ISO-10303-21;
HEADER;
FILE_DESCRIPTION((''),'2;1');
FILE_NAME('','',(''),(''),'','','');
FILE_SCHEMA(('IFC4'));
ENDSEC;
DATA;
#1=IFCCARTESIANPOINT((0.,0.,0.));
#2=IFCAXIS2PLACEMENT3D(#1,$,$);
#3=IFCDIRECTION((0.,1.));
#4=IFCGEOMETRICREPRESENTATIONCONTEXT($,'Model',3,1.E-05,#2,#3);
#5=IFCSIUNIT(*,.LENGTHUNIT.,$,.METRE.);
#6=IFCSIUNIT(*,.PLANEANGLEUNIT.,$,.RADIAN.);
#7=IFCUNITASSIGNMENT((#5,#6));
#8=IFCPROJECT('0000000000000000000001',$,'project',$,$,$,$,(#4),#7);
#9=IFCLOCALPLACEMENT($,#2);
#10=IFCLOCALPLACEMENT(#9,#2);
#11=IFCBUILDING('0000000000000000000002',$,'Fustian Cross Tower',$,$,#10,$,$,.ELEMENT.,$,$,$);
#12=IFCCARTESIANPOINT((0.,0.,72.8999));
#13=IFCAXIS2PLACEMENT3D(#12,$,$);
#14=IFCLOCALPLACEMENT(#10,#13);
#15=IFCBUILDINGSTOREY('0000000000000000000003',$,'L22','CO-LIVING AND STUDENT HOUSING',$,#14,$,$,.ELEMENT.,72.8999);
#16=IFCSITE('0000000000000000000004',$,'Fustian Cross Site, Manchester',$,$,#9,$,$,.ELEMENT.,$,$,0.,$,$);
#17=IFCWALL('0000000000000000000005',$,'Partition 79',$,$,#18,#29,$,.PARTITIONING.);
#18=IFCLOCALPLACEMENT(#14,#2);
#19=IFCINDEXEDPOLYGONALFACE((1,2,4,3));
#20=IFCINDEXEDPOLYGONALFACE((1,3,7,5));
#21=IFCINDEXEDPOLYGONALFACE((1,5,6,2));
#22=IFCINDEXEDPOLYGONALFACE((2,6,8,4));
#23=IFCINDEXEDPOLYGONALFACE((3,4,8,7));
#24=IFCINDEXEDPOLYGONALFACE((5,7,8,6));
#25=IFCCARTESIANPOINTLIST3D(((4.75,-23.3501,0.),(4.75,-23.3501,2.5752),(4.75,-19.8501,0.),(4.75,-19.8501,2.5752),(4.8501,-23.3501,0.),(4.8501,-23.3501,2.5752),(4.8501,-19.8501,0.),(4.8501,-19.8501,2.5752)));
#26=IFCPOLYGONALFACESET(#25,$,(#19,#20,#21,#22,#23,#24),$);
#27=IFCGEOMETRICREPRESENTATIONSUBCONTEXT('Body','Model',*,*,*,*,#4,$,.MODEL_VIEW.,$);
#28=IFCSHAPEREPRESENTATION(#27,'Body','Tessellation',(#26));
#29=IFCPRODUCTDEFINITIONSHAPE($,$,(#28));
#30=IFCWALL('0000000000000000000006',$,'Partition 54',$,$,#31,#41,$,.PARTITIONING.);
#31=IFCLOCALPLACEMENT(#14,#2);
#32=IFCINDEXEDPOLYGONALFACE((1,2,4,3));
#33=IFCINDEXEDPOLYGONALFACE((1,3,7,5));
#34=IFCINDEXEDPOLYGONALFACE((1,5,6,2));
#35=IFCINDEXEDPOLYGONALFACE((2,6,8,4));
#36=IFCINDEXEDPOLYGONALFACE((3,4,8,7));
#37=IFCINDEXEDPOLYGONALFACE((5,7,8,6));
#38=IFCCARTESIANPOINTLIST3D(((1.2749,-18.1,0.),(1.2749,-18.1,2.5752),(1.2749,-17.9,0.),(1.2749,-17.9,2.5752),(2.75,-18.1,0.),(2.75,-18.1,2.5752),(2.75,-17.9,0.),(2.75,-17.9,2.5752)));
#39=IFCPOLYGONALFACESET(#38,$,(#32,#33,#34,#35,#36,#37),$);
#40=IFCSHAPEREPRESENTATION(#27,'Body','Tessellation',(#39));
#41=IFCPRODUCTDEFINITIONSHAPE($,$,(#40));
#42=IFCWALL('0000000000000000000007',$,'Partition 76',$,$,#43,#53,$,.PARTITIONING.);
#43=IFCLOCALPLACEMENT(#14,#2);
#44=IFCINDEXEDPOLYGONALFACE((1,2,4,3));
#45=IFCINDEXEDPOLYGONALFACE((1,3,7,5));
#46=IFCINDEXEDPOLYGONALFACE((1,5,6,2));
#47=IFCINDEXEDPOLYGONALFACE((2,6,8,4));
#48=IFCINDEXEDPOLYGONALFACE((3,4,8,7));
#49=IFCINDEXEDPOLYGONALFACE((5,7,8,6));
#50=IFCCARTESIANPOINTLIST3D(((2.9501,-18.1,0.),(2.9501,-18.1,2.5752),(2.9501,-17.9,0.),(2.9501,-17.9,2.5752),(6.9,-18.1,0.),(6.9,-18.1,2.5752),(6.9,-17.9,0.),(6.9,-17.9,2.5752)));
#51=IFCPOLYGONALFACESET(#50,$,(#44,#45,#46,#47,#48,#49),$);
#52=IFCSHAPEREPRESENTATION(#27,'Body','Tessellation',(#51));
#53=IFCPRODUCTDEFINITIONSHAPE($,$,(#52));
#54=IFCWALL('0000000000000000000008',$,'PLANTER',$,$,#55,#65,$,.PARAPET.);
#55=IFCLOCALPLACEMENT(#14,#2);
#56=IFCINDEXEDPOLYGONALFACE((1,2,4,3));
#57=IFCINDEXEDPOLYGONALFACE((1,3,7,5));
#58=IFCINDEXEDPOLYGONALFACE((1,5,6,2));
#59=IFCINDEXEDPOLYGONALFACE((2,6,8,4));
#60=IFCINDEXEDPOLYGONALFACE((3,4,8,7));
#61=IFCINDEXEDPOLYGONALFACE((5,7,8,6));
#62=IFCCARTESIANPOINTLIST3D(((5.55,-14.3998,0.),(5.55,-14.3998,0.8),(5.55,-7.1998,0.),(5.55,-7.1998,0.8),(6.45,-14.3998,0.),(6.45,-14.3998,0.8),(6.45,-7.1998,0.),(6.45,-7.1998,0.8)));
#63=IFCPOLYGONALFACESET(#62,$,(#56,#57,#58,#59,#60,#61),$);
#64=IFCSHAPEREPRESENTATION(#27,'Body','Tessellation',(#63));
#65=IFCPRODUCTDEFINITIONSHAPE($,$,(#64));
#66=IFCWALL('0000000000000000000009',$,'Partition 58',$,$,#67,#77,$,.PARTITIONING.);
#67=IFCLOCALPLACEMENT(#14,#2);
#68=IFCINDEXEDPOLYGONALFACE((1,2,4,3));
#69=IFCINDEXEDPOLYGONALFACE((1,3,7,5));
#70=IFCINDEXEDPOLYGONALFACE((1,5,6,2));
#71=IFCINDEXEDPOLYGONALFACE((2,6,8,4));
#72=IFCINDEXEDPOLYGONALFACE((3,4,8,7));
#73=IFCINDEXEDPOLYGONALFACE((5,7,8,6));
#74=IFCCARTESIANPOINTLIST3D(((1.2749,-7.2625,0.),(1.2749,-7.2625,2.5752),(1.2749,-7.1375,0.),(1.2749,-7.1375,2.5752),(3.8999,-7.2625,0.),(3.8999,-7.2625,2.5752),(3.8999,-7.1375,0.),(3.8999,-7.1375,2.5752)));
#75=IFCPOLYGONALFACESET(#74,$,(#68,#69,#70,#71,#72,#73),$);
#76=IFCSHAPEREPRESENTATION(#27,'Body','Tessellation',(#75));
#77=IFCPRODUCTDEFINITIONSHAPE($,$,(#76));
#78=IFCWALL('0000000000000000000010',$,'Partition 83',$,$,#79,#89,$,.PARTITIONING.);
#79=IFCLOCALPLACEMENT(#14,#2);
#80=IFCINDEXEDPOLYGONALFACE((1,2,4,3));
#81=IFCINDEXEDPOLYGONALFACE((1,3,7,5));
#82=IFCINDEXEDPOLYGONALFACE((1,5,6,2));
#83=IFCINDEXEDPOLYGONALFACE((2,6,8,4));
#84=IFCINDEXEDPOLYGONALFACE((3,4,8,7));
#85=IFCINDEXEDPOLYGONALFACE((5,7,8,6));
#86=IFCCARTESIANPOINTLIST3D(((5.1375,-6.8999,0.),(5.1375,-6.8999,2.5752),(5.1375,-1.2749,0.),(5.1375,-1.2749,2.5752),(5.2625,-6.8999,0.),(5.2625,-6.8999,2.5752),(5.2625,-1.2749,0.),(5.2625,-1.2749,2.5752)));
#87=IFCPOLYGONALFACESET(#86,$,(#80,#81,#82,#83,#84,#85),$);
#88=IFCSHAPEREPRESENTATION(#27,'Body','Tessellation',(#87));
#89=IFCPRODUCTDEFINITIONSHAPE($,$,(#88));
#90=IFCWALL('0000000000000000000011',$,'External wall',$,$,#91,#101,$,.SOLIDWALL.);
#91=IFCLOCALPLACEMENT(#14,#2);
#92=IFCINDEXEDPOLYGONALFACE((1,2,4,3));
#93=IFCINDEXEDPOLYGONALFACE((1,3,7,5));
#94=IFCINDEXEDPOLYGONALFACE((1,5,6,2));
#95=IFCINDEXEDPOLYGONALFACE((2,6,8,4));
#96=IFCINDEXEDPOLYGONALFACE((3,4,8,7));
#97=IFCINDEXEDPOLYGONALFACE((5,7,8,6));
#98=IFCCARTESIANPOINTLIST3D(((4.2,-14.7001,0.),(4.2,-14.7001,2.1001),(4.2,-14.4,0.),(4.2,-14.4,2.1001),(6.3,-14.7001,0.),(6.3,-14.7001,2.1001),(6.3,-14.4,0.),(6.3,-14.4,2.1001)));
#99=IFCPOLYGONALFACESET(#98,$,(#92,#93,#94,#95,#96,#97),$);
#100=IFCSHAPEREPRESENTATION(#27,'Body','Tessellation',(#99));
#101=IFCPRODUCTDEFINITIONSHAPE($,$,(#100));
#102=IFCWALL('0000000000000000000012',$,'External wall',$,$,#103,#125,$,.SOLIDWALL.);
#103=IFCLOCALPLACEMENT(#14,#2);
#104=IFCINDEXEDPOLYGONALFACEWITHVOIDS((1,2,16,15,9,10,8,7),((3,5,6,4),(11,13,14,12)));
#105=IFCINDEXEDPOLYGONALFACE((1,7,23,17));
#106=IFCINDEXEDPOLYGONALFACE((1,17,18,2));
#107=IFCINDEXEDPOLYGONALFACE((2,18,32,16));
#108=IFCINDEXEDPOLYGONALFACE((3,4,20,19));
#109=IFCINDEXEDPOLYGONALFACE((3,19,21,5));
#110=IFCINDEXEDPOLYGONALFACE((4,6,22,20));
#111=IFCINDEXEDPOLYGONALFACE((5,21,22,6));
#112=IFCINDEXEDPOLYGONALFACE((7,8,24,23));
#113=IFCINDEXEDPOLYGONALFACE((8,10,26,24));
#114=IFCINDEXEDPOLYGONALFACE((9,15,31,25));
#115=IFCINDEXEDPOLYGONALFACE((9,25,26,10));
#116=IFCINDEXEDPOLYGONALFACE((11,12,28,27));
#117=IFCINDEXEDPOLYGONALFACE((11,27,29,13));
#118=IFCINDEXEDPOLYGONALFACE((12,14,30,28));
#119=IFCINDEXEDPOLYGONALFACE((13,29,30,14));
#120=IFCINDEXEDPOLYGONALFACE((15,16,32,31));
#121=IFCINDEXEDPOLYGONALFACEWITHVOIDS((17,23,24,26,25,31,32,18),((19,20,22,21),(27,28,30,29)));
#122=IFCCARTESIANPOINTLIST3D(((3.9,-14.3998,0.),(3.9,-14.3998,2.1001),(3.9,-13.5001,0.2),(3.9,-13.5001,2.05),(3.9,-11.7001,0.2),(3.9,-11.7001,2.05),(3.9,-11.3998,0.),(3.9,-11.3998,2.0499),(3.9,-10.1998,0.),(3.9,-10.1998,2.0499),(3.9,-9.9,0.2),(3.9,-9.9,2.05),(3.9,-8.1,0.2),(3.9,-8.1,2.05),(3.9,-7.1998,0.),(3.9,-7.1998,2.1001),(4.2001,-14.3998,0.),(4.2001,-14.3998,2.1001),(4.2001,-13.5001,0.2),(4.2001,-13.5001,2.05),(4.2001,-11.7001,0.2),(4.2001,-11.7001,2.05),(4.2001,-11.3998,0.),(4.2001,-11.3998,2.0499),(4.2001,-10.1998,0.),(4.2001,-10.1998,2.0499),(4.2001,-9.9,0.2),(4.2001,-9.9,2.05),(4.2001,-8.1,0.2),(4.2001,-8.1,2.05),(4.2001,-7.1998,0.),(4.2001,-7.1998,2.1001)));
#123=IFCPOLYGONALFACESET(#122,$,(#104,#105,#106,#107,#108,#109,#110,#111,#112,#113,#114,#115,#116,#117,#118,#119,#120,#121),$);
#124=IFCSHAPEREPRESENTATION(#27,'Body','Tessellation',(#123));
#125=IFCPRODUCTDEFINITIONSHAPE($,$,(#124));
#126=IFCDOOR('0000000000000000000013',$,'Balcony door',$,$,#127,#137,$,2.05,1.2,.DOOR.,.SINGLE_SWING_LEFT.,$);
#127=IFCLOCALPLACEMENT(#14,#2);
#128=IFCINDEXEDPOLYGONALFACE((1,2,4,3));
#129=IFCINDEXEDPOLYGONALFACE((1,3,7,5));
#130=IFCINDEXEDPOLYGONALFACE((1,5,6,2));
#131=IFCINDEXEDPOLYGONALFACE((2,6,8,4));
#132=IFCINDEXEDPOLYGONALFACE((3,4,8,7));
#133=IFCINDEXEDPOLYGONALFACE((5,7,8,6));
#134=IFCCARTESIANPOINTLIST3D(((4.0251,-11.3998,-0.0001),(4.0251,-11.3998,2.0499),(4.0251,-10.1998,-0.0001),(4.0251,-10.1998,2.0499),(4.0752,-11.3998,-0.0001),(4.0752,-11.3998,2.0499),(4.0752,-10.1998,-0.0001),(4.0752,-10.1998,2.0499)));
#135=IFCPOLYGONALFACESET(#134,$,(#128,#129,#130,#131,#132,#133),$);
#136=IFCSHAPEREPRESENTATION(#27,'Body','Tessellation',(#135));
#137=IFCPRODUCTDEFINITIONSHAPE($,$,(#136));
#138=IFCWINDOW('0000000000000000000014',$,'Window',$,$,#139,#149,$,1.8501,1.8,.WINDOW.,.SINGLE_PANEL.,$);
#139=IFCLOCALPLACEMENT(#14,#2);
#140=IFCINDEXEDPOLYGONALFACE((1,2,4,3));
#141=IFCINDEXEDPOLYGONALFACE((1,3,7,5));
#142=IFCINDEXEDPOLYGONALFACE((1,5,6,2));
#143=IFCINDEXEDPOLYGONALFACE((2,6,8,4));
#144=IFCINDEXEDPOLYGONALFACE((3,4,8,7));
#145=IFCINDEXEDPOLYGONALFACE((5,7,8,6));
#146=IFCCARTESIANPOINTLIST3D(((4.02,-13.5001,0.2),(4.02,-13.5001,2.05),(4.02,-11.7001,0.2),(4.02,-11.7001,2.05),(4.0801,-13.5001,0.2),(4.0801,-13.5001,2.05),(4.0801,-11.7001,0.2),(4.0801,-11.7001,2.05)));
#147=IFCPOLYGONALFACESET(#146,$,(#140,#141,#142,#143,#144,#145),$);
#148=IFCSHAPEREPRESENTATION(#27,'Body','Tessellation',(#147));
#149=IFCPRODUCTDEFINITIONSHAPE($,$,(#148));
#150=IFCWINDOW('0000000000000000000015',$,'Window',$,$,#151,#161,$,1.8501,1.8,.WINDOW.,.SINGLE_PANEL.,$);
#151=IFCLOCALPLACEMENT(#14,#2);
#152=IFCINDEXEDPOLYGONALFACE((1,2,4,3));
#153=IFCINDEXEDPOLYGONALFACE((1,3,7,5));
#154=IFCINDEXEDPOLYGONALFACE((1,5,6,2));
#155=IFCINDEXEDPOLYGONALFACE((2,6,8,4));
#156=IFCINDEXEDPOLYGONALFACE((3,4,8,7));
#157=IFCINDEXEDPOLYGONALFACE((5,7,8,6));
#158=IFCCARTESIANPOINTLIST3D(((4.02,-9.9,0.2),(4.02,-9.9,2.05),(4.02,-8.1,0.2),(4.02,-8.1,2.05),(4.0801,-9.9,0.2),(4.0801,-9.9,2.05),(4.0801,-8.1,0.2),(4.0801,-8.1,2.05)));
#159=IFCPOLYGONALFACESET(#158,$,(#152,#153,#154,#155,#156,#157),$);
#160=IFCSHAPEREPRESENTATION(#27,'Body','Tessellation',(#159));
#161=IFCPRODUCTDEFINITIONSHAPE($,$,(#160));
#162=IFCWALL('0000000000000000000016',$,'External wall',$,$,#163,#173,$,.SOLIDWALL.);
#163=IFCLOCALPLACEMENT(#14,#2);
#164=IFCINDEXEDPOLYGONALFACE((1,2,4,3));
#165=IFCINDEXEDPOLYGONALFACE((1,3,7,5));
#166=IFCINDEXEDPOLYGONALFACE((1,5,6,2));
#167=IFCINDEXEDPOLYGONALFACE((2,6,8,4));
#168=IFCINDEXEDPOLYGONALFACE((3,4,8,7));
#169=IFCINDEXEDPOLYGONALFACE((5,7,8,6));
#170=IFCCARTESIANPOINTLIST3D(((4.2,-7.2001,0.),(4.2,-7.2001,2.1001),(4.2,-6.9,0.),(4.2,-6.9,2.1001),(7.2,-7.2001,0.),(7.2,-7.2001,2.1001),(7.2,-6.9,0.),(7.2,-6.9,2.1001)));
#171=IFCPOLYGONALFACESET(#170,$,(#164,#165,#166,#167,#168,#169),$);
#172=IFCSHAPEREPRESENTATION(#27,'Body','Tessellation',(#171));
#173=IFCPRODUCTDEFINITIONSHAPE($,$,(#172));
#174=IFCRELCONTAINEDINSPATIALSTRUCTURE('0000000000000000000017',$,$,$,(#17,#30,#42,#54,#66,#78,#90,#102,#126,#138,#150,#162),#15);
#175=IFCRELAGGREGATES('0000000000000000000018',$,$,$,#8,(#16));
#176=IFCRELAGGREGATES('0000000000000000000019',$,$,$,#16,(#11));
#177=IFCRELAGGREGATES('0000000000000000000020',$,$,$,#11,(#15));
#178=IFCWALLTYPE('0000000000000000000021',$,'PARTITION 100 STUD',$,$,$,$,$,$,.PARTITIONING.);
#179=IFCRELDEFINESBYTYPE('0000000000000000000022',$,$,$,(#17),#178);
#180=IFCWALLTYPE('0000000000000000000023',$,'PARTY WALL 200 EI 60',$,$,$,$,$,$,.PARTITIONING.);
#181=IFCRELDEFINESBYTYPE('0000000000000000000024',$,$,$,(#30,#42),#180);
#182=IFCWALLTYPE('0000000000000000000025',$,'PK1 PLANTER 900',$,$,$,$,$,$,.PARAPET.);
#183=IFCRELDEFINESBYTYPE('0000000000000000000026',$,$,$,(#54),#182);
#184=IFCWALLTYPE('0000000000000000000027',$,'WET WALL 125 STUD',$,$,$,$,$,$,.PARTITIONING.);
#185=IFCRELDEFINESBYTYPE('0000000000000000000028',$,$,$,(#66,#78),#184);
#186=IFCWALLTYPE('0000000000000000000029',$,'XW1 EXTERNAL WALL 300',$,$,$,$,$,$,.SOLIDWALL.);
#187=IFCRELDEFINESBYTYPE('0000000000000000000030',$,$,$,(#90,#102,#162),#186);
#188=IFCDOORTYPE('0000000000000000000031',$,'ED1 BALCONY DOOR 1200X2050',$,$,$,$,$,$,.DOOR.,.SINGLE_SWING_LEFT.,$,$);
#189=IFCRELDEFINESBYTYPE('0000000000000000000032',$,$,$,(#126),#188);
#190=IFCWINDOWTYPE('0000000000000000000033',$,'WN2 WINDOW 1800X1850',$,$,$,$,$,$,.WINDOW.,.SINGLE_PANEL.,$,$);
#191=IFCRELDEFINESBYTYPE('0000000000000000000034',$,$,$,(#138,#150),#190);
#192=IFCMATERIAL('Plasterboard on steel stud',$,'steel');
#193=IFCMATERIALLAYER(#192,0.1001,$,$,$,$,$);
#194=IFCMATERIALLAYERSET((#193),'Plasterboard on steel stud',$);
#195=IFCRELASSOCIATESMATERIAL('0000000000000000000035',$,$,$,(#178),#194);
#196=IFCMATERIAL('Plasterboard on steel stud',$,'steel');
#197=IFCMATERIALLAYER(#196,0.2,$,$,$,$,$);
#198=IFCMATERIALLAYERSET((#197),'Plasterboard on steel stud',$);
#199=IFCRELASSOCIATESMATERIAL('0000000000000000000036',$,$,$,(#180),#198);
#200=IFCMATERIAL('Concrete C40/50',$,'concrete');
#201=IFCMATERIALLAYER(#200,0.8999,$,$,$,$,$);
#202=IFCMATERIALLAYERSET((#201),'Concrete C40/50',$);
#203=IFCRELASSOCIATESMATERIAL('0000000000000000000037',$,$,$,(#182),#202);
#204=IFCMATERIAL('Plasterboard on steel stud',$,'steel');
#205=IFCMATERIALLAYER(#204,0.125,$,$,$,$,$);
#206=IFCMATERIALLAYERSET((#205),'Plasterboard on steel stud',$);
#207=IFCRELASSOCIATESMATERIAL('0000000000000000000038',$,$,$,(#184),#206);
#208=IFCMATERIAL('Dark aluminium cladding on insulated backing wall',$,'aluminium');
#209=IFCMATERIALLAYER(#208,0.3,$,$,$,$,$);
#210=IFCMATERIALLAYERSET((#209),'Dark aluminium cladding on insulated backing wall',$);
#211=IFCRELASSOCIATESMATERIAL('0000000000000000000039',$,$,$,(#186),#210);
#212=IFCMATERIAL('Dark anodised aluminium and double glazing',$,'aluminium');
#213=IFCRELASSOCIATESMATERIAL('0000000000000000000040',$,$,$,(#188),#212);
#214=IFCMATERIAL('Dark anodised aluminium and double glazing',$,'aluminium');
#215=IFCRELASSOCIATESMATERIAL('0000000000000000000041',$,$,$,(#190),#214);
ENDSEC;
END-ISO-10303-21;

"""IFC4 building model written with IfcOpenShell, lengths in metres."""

from ifc_helpers import new_model, si_unit, direction, frame, frame_2d, origin, place, context, subcontext, project, spatial, rectangle, extrude, material, layer, layer_set, type_object, element, fill, save


model = new_model("IFC4")

# Units and contexts
model_context = context("Model", 3, precision=1e-05, world=origin(), true_north=direction((0.0, 1.0)))
body_context = subcontext(model_context, "Body", "Model", "MODEL_VIEW")
ifc_project = project(units=[si_unit("LENGTHUNIT", "METRE"), si_unit("PLANEANGLEUNIT", "RADIAN")], contexts=[model_context])

# Site, building, storey
site_placement = place(None, origin())
site = spatial("IfcSite", under=ifc_project, at=site_placement, Name="Fustian Cross Site, Manchester", CompositionType="ELEMENT", RefElevation=0.0)
building_placement = place(site_placement, origin())
building = spatial("IfcBuilding", under=site, at=building_placement, Name="Fustian Cross Tower", CompositionType="ELEMENT")
storey_placement = place(building_placement, frame((0.0, 0.0, 72.8999)))
storey = spatial("IfcBuildingStorey", under=building, at=storey_placement, Name="L22", Description="CO-LIVING AND STUDENT HOUSING", CompositionType="ELEMENT", Elevation=72.8999)

# Shared definitions
ifc_material_1 = material(Name="Plasterboard on steel stud", Category="steel")
ifc_layer_1 = layer(ifc_material_1, 0.1001)
ifc_layer_set_1 = layer_set([ifc_layer_1], Name="Plasterboard on steel stud")
wall_type_1 = type_object("IfcWallType", Name="PARTITION 100 STUD", PredefinedType="PARTITIONING", material=ifc_layer_set_1)

# Walls
wall_1_placement = place(storey_placement, frame((4.8, -23.3501, 0.0), z_axis=(0.0, 0.0, 1.0), x_axis=(0.0, 1.0, 0.0)))
element("IfcWall", 1, at=wall_1_placement, inside=storey, type_object=wall_type_1, Name="Partition 79", PredefinedType="PARTITIONING", context=body_context, shape_type="SweptSolid", body=[
    extrude(rectangle(XDim=3.5, YDim=0.1001, at=frame_2d((1.75, 0.0))), origin(), (0.0, 0.0, 1.0), 2.5752),
])
ifc_material_2 = material(Name="Plasterboard on steel stud", Category="steel")
ifc_layer_2 = layer(ifc_material_2, 0.2)
ifc_layer_set_2 = layer_set([ifc_layer_2], Name="Plasterboard on steel stud")
wall_type_2 = type_object("IfcWallType", Name="PARTY WALL 200 EI 60", PredefinedType="PARTITIONING", material=ifc_layer_set_2)
wall_2_placement = place(storey_placement, frame((1.2749, -18.0, 0.0), z_axis=(0.0, 0.0, 1.0), x_axis=(1.0, 0.0, 0.0)))
element("IfcWall", 2, at=wall_2_placement, inside=storey, type_object=wall_type_2, Name="Partition 54", PredefinedType="PARTITIONING", context=body_context, shape_type="SweptSolid", body=[
    extrude(rectangle(XDim=1.4751, YDim=0.2, at=frame_2d((0.7375, 0.0))), origin(), (0.0, 0.0, 1.0), 2.5752),
])
wall_3_placement = place(storey_placement, frame((2.95, -18.0, 0.0), z_axis=(0.0, 0.0, 1.0), x_axis=(1.0, 0.0, 0.0)))
element("IfcWall", 3, at=wall_3_placement, inside=storey, type_object=wall_type_2, Name="Partition 76", PredefinedType="PARTITIONING", context=body_context, shape_type="SweptSolid", body=[
    extrude(rectangle(XDim=3.95, YDim=0.2, at=frame_2d((1.9751, 0.0))), origin(), (0.0, 0.0, 1.0), 2.5752),
])
ifc_material_3 = material(Name="Concrete C40/50", Category="concrete")
ifc_layer_3 = layer(ifc_material_3, 0.8999)
ifc_layer_set_3 = layer_set([ifc_layer_3], Name="Concrete C40/50")
wall_type_3 = type_object("IfcWallType", Name="PK1 PLANTER 900", PredefinedType="PARAPET", material=ifc_layer_set_3)
wall_4_placement = place(storey_placement, frame((6.0, -14.3999, 0.0), z_axis=(0.0, 0.0, 1.0), x_axis=(0.0, 1.0, 0.0)))
element("IfcWall", 4, at=wall_4_placement, inside=storey, type_object=wall_type_3, Name="PLANTER", PredefinedType="PARAPET", context=body_context, shape_type="SweptSolid", body=[
    extrude(rectangle(XDim=7.2, YDim=0.8999, at=frame_2d((3.6001, 0.0))), origin(), (0.0, 0.0, 1.0), 0.8),
])
ifc_material_4 = material(Name="Plasterboard on steel stud", Category="steel")
ifc_layer_4 = layer(ifc_material_4, 0.125)
ifc_layer_set_4 = layer_set([ifc_layer_4], Name="Plasterboard on steel stud")
wall_type_4 = type_object("IfcWallType", Name="WET WALL 125 STUD", PredefinedType="PARTITIONING", material=ifc_layer_set_4)
wall_5_placement = place(storey_placement, frame((1.2749, -7.2, 0.0), z_axis=(0.0, 0.0, 1.0), x_axis=(1.0, 0.0, 0.0)))
element("IfcWall", 5, at=wall_5_placement, inside=storey, type_object=wall_type_4, Name="Partition 58", PredefinedType="PARTITIONING", context=body_context, shape_type="SweptSolid", body=[
    extrude(rectangle(XDim=2.625, YDim=0.125, at=frame_2d((1.3125, 0.0))), origin(), (0.0, 0.0, 1.0), 2.5752),
])
wall_6_placement = place(storey_placement, frame((5.2, -6.8999, 0.0), z_axis=(0.0, 0.0, 1.0), x_axis=(0.0, 1.0, 0.0)))
element("IfcWall", 6, at=wall_6_placement, inside=storey, type_object=wall_type_4, Name="Partition 83", PredefinedType="PARTITIONING", context=body_context, shape_type="SweptSolid", body=[
    extrude(rectangle(XDim=5.625, YDim=0.125, at=frame_2d((2.8125, 0.0))), origin(), (0.0, 0.0, 1.0), 2.5752),
])
ifc_material_5 = material(Name="Dark aluminium cladding on insulated backing wall", Category="aluminium")
ifc_layer_5 = layer(ifc_material_5, 0.3)
ifc_layer_set_5 = layer_set([ifc_layer_5], Name="Dark aluminium cladding on insulated backing wall")
wall_type_5 = type_object("IfcWallType", Name="XW1 EXTERNAL WALL 300", PredefinedType="SOLIDWALL", material=ifc_layer_set_5)
wall_7_placement = place(storey_placement, frame((6.3, -14.55, 0.0), z_axis=(0.0, 0.0, 1.0), x_axis=(-1.0, 0.0, 0.0)))
element("IfcWall", 7, at=wall_7_placement, inside=storey, type_object=wall_type_5, Name="External wall", PredefinedType="SOLIDWALL", context=body_context, shape_type="SweptSolid", body=[
    extrude(rectangle(XDim=2.1001, YDim=0.3, at=frame_2d((1.05, 0.0))), origin(), (0.0, 0.0, 1.0), 2.1001),
])

# Wall, openings, door, windows
wall_8_placement = place(storey_placement, frame((4.05, -14.3999, 0.0), z_axis=(0.0, 0.0, 1.0), x_axis=(0.0, 1.0, 0.0)))
wall_8 = element("IfcWall", 8, at=wall_8_placement, inside=storey, type_object=wall_type_5, Name="External wall", PredefinedType="SOLIDWALL", context=body_context, shape_type="SweptSolid", body=[
    extrude(rectangle(XDim=7.2, YDim=0.3, at=frame_2d((3.6001, 0.0))), origin(), (0.0, 0.0, 1.0), 2.1001),
])
opening_1_placement = place(wall_8_placement, frame((3.0, 0.0, 0.0)))
opening_1 = element("IfcOpeningElement", 9, at=opening_1_placement, cuts=wall_8, PredefinedType="OPENING", context=body_context, shape_type="SweptSolid", body=[
    extrude(rectangle(XDim=1.2, YDim=2.05, at=frame_2d((0.6001, 1.0249))), frame((0.0, 0.1599, 0.0), z_axis=(0.0, -1.0, 0.0), x_axis=(1.0, 0.0, 0.0)), (0.0, 0.0, 1.0), 0.3201),
])
opening_2_placement = place(wall_8_placement, frame((0.8999, 0.0, 0.2)))
opening_2 = element("IfcOpeningElement", 10, at=opening_2_placement, cuts=wall_8, PredefinedType="OPENING", context=body_context, shape_type="SweptSolid", body=[
    extrude(rectangle(XDim=1.8, YDim=1.8501, at=frame_2d((0.8999, 0.925))), frame((0.0, 0.1599, 0.0), z_axis=(0.0, -1.0, 0.0), x_axis=(1.0, 0.0, 0.0)), (0.0, 0.0, 1.0), 0.3201),
])
opening_3_placement = place(wall_8_placement, frame((4.5, 0.0, 0.2)))
opening_3 = element("IfcOpeningElement", 11, at=opening_3_placement, cuts=wall_8, PredefinedType="OPENING", context=body_context, shape_type="SweptSolid", body=[
    extrude(rectangle(XDim=1.8, YDim=1.8501, at=frame_2d((0.8999, 0.925))), frame((0.0, 0.1599, 0.0), z_axis=(0.0, -1.0, 0.0), x_axis=(1.0, 0.0, 0.0)), (0.0, 0.0, 1.0), 0.3201),
])
ifc_material_6 = material(Name="Dark anodised aluminium and double glazing", Category="aluminium")
door_type_1 = type_object("IfcDoorType", Name="ED1 BALCONY DOOR 1200X2050", OperationType="SINGLE_SWING_LEFT", PredefinedType="DOOR", material=ifc_material_6)
door_1_placement = place(opening_1_placement, origin())
door_1 = element("IfcDoor", 12, at=door_1_placement, inside=storey, type_object=door_type_1, Name="Balcony door", OperationType="SINGLE_SWING_LEFT", OverallHeight=2.05, OverallWidth=1.2, PredefinedType="DOOR", context=body_context, shape_type="SweptSolid", body=[
    extrude(rectangle(XDim=1.2, YDim=2.05, at=frame_2d((0.6001, 1.0249))), frame((0.0, 0.0249, 0.0), z_axis=(0.0, -1.0, 0.0), x_axis=(1.0, 0.0, 0.0)), (0.0, 0.0, 1.0), 0.05),
])
fill(opening_1, door_1)
ifc_material_7 = material(Name="Dark anodised aluminium and double glazing", Category="aluminium")
window_type = type_object("IfcWindowType", Name="WN2 WINDOW 1800X1850", PartitioningType="SINGLE_PANEL", PredefinedType="WINDOW", material=ifc_material_7)
window_1_placement = place(opening_2_placement, origin())
window_1 = element("IfcWindow", 13, at=window_1_placement, inside=storey, type_object=window_type, Name="Window", OverallHeight=1.8501, OverallWidth=1.8, PartitioningType="SINGLE_PANEL", PredefinedType="WINDOW", context=body_context, shape_type="SweptSolid", body=[
    extrude(rectangle(XDim=1.8, YDim=1.8501, at=frame_2d((0.8999, 0.925))), frame((0.0, 0.03, 0.0), z_axis=(0.0, -1.0, 0.0), x_axis=(1.0, 0.0, 0.0)), (0.0, 0.0, 1.0), 0.0601),
])
fill(opening_2, window_1)
window_2_placement = place(opening_3_placement, origin())
window_2 = element("IfcWindow", 14, at=window_2_placement, inside=storey, type_object=window_type, Name="Window", OverallHeight=1.8501, OverallWidth=1.8, PartitioningType="SINGLE_PANEL", PredefinedType="WINDOW", context=body_context, shape_type="SweptSolid", body=[
    extrude(rectangle(XDim=1.8, YDim=1.8501, at=frame_2d((0.8999, 0.925))), frame((0.0, 0.03, 0.0), z_axis=(0.0, -1.0, 0.0), x_axis=(1.0, 0.0, 0.0)), (0.0, 0.0, 1.0), 0.0601),
])
fill(opening_3, window_2)

# Wall
wall_9_placement = place(storey_placement, frame((4.2, -7.05, 0.0), z_axis=(0.0, 0.0, 1.0), x_axis=(1.0, 0.0, 0.0)))
element("IfcWall", 15, at=wall_9_placement, inside=storey, type_object=wall_type_5, Name="External wall", PredefinedType="SOLIDWALL", context=body_context, shape_type="SweptSolid", body=[
    extrude(rectangle(XDim=3.0, YDim=0.3, at=frame_2d((1.5, 0.0))), origin(), (0.0, 0.0, 1.0), 2.1001),
])

save(model, "model.ifc")
